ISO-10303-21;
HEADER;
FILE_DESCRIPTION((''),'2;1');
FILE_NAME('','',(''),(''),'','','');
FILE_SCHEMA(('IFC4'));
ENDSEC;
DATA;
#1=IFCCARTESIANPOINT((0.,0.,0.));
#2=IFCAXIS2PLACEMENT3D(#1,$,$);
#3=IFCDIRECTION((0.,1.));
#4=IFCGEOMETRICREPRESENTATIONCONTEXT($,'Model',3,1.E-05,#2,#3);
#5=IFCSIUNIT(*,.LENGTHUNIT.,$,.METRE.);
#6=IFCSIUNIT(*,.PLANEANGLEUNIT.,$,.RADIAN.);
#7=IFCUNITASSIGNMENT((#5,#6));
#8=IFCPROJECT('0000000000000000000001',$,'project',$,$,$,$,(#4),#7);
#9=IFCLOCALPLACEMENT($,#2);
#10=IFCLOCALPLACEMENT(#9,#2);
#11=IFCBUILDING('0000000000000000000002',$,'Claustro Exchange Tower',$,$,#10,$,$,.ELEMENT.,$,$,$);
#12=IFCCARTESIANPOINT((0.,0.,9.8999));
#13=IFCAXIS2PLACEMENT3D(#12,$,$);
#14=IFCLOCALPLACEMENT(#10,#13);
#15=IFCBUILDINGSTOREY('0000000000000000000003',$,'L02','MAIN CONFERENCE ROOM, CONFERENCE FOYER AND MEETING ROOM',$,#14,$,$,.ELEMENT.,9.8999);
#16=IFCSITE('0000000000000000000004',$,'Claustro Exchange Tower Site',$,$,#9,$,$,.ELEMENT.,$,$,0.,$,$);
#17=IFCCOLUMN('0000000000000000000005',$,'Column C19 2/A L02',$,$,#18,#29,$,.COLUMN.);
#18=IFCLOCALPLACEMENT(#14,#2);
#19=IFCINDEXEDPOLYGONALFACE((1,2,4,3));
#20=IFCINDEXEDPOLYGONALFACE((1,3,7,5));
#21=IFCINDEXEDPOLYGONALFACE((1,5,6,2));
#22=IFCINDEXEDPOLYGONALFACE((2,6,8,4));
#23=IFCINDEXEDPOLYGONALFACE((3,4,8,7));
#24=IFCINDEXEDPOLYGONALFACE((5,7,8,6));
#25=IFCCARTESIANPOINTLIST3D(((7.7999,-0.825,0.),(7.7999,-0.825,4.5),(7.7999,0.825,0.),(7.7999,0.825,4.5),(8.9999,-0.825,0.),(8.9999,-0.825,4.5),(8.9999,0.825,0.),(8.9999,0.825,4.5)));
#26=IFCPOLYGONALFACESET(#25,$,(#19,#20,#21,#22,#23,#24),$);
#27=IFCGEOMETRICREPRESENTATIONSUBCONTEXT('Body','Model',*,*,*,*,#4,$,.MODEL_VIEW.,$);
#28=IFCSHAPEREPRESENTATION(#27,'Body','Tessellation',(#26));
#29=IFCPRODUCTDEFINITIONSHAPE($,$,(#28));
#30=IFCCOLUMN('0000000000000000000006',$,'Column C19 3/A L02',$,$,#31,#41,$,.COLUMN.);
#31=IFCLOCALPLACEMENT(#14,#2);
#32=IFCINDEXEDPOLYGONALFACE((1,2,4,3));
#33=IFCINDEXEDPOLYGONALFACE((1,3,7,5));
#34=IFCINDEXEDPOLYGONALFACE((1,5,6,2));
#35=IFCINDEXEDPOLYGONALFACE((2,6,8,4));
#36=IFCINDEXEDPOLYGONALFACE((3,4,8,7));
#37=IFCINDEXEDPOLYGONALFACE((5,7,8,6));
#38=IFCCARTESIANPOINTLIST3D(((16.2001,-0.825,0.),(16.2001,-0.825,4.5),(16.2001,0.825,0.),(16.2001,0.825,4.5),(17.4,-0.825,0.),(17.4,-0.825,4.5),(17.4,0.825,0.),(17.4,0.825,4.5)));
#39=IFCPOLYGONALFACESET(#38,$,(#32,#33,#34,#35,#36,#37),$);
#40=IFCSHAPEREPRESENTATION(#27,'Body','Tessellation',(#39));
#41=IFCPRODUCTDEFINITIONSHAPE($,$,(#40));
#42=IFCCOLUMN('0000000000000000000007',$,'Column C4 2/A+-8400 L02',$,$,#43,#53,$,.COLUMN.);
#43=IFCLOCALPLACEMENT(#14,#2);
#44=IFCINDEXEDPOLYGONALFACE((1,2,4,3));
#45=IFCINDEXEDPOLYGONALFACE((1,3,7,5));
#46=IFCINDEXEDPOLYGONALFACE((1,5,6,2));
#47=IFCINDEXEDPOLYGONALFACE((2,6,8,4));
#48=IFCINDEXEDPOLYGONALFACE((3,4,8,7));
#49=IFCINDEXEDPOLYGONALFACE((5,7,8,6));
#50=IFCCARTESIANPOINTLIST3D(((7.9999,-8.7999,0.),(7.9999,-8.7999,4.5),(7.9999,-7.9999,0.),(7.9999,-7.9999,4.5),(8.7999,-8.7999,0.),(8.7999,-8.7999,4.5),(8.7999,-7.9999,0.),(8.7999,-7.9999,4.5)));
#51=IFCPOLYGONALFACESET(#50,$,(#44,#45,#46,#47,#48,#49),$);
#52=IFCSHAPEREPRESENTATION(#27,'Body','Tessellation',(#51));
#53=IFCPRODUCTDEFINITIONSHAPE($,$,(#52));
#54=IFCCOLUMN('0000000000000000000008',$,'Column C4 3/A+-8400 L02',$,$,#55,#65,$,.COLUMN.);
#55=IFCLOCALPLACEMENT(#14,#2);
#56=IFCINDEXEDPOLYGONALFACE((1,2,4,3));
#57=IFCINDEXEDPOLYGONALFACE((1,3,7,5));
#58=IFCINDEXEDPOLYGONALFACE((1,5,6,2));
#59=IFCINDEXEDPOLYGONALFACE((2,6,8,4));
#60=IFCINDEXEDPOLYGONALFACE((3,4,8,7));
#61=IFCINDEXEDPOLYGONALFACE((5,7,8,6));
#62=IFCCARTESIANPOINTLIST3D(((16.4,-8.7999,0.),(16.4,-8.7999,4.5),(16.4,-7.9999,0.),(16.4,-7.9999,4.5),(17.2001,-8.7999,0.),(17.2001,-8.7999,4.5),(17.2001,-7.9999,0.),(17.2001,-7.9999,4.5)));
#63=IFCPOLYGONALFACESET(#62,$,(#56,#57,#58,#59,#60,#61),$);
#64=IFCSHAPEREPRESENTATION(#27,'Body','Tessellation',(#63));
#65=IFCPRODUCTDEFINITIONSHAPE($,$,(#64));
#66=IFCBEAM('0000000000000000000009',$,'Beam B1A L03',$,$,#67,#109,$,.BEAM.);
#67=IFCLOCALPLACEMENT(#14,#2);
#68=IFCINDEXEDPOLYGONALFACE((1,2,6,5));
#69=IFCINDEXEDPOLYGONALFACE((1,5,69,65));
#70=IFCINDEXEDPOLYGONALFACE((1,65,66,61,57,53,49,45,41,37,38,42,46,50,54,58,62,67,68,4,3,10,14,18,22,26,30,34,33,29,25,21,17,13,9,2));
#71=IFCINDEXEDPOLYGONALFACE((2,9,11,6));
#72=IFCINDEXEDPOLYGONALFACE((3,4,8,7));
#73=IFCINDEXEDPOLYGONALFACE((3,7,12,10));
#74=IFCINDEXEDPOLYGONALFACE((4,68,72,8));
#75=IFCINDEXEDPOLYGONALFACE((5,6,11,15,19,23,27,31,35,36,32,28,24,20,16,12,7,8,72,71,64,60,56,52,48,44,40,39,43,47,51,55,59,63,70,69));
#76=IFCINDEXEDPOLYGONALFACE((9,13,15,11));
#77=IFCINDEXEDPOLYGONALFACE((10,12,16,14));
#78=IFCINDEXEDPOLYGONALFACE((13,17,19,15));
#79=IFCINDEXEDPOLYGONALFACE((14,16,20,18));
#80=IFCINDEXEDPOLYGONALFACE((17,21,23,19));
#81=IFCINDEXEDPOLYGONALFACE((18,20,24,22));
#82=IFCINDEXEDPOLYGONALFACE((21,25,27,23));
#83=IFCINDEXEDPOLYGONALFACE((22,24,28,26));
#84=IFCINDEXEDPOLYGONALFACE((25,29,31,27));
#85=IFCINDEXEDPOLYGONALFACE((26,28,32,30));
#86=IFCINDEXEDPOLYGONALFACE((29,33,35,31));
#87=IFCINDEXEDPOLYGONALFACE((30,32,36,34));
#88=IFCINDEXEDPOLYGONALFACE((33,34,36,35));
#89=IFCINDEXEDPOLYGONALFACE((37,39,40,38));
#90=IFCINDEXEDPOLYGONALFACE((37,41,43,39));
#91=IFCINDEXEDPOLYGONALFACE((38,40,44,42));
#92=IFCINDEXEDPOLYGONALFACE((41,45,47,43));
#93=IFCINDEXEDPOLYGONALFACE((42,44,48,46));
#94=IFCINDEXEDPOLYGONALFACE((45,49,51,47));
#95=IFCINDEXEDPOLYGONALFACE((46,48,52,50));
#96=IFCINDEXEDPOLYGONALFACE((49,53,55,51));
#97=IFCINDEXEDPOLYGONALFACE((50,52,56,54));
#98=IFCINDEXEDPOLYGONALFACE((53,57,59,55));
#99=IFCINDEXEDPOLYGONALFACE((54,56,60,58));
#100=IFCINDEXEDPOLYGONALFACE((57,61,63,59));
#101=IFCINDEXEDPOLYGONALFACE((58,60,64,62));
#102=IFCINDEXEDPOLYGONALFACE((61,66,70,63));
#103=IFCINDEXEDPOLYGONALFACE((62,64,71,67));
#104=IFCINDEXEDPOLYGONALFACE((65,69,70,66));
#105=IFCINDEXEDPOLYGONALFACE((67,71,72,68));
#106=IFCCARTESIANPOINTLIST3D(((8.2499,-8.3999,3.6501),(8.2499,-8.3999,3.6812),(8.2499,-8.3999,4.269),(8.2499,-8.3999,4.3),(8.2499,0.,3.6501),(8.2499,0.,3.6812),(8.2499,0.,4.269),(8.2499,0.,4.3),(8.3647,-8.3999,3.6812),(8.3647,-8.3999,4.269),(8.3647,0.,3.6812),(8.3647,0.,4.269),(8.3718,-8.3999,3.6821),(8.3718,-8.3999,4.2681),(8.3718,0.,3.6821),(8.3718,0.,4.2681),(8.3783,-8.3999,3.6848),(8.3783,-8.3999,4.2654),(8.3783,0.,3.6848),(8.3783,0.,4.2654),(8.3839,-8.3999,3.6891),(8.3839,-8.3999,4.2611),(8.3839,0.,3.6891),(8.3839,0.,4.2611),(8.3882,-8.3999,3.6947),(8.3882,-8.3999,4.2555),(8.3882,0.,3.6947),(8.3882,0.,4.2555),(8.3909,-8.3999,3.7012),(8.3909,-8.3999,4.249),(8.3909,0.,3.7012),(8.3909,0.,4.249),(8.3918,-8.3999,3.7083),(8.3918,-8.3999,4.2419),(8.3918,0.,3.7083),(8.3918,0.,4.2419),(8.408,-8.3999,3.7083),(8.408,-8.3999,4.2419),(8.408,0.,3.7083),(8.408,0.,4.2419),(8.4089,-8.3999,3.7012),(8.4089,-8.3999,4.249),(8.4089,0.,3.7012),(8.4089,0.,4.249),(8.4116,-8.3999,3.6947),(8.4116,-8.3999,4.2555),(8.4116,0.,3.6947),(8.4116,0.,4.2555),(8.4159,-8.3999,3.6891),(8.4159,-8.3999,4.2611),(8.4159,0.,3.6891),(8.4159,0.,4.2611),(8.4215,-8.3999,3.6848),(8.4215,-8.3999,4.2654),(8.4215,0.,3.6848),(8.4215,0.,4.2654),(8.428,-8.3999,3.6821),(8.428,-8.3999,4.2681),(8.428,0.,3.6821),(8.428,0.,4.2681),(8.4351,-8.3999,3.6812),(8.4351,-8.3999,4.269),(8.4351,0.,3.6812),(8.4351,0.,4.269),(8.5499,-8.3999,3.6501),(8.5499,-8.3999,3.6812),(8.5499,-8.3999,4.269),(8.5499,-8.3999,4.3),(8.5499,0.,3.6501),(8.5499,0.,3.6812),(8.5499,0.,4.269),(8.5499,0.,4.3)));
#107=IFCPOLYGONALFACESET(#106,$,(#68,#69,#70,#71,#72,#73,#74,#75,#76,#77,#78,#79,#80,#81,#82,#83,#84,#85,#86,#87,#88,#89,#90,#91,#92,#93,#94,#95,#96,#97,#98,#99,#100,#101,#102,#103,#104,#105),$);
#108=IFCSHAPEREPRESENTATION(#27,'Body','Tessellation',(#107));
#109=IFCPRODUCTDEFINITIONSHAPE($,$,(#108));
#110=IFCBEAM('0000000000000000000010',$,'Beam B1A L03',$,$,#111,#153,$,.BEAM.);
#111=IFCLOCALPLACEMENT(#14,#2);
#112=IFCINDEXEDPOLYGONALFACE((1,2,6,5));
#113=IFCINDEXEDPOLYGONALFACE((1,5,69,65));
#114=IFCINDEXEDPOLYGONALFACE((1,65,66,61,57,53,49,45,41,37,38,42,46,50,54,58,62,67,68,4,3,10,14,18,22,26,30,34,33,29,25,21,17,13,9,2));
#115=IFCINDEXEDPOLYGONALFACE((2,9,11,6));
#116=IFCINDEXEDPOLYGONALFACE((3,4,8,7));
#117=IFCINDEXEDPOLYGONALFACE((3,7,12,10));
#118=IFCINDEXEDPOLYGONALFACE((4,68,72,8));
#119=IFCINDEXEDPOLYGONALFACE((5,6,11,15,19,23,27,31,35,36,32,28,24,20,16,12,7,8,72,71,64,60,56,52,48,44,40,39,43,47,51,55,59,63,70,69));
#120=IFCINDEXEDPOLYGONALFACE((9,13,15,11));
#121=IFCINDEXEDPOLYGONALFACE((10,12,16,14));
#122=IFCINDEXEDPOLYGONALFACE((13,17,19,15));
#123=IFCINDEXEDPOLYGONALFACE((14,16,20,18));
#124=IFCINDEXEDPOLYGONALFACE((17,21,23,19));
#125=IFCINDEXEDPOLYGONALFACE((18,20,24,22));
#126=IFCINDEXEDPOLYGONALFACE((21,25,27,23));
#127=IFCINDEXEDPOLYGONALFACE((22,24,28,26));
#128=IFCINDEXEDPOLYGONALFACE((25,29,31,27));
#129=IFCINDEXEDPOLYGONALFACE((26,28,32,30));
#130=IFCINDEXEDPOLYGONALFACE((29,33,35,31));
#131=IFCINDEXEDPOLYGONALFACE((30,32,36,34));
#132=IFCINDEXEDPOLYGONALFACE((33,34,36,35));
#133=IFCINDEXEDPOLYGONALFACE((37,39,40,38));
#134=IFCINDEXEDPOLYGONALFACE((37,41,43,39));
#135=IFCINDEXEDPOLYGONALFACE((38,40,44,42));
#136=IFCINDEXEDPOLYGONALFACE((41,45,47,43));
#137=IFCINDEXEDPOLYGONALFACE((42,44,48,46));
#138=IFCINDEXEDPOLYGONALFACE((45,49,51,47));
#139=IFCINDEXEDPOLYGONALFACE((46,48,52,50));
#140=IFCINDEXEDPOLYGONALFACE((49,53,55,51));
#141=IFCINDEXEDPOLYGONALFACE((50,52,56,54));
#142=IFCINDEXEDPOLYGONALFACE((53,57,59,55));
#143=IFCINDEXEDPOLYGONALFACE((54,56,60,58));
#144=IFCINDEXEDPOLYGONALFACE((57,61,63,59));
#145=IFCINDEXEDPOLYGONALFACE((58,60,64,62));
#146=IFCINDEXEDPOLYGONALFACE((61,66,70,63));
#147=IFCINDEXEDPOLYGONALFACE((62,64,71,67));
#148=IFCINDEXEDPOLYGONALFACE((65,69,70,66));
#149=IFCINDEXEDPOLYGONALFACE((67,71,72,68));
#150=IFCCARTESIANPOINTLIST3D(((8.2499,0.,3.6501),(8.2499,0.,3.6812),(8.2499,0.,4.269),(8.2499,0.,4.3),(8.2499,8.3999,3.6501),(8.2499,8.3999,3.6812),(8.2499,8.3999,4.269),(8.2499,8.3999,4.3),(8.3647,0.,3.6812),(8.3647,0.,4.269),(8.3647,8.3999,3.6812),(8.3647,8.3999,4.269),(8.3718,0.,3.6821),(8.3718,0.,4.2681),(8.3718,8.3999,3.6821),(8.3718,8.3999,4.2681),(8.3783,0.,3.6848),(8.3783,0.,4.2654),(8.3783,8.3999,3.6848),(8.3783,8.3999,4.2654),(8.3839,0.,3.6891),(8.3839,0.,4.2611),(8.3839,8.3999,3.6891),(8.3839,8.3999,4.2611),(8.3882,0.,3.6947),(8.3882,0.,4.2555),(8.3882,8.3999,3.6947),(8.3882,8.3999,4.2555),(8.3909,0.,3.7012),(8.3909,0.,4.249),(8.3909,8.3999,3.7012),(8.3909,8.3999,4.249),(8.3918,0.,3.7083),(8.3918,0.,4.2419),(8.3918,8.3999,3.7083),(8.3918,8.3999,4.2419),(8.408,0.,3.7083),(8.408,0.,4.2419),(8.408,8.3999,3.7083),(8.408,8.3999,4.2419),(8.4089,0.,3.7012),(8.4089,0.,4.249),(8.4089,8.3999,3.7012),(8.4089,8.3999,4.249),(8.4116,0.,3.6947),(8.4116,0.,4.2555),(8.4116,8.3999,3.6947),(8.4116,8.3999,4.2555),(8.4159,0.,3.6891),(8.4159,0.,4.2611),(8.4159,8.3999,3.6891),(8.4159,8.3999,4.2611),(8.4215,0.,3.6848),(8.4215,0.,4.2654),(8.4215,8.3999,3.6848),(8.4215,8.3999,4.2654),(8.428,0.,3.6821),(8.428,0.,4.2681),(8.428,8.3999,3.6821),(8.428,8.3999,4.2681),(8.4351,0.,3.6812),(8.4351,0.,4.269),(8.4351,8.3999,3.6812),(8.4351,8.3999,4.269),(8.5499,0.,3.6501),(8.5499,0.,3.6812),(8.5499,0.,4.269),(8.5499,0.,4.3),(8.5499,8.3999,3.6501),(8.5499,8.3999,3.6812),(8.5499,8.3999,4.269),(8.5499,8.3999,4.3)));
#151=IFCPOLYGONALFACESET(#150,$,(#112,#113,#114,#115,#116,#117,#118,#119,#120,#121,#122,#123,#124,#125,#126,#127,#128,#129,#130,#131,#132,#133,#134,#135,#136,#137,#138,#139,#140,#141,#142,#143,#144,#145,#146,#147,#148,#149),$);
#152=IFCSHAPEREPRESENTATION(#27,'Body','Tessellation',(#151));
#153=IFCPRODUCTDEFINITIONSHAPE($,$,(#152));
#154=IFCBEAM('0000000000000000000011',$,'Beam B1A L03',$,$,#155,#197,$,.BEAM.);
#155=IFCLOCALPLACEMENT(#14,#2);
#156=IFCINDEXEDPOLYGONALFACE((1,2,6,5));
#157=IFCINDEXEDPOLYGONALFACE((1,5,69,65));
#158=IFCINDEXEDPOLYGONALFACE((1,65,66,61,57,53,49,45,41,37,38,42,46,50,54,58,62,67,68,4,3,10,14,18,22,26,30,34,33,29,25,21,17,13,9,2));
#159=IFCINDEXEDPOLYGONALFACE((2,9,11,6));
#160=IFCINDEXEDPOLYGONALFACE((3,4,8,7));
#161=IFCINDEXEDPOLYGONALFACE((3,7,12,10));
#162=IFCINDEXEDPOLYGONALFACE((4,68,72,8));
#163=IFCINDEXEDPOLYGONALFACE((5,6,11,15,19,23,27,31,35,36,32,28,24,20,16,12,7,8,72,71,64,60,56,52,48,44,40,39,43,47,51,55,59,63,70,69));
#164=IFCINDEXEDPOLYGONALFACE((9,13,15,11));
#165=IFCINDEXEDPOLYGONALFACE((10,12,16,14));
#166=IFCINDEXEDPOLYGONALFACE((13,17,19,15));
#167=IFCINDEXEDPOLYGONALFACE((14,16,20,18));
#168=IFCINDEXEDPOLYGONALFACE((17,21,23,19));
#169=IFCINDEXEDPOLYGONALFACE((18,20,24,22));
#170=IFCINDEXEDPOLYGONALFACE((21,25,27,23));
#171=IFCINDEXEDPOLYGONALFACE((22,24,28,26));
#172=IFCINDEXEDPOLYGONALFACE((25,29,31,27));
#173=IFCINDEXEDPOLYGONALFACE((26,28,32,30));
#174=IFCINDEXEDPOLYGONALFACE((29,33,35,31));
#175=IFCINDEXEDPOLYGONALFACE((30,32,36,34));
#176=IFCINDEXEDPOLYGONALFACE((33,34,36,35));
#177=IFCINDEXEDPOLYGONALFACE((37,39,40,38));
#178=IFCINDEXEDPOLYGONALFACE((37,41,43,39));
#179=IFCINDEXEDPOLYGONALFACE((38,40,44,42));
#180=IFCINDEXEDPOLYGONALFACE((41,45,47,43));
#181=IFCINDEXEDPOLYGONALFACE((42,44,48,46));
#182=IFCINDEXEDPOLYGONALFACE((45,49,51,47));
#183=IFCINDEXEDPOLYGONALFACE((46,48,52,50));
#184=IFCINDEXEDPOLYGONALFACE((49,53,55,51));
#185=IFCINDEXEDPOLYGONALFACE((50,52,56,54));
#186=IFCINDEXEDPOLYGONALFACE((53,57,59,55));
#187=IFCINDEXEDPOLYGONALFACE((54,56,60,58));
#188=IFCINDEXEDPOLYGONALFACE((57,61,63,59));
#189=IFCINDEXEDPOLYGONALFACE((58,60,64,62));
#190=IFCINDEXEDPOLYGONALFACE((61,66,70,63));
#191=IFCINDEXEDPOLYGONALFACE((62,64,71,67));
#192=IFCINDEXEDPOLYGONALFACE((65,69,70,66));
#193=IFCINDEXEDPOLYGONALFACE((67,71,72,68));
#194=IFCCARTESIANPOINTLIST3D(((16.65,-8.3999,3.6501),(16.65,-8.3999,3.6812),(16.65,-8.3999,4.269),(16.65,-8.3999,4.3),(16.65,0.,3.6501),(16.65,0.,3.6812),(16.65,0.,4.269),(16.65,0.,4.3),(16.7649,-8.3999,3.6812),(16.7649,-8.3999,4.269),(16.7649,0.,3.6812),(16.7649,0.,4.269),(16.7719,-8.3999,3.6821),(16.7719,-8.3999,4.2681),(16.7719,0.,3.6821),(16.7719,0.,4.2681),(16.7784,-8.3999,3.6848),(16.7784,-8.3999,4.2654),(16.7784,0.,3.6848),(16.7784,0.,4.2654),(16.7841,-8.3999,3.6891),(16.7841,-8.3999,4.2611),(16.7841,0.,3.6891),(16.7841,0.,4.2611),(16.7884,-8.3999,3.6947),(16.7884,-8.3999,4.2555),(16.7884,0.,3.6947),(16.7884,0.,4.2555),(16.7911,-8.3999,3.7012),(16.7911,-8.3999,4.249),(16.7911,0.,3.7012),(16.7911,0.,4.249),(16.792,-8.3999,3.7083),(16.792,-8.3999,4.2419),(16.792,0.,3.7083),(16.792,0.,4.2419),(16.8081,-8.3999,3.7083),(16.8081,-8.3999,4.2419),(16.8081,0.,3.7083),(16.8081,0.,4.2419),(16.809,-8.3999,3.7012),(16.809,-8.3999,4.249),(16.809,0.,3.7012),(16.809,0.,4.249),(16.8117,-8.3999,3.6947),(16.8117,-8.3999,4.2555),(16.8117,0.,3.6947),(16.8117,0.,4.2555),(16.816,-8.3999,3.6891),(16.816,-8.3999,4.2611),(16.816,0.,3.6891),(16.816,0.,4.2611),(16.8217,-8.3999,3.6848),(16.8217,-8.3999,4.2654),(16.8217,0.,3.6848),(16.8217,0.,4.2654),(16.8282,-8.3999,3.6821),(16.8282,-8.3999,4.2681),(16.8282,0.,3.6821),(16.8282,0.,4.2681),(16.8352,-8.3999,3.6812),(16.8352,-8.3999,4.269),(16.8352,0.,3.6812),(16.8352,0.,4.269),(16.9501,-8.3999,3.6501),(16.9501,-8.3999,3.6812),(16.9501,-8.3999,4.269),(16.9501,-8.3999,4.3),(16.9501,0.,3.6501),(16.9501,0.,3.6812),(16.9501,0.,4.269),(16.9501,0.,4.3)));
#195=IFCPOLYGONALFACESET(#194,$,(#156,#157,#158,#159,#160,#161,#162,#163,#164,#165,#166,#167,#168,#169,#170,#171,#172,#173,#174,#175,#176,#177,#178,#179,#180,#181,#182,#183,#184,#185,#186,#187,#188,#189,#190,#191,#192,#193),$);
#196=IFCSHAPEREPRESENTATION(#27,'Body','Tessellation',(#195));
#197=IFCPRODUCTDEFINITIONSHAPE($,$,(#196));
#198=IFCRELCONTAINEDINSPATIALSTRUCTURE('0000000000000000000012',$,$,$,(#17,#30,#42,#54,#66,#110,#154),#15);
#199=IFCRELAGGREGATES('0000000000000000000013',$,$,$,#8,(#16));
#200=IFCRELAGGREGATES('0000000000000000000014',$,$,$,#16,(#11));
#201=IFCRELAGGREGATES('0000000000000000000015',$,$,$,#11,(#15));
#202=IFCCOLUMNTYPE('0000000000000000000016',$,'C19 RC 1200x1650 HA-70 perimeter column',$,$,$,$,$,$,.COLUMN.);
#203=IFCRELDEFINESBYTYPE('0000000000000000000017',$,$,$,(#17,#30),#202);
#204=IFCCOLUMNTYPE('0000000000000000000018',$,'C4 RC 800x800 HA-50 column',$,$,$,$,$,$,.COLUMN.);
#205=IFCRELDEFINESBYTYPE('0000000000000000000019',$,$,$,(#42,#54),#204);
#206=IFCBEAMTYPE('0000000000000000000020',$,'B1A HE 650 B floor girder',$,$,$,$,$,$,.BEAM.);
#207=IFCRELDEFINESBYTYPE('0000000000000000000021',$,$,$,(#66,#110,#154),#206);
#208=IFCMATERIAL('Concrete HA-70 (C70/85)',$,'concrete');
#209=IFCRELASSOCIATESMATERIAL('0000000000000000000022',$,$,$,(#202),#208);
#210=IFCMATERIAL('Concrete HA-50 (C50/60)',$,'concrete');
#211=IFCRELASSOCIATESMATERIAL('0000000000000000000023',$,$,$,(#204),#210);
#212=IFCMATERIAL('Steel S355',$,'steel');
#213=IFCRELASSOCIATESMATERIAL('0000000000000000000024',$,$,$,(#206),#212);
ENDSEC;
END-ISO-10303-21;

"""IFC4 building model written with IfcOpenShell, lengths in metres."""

from ifc_helpers import new_model, si_unit, direction, frame, origin, origin_2d, place, context, subcontext, project, spatial, rectangle, i_section, extrude, material, material_profile, profile_set, type_object, element, save


model = new_model("IFC4")

# Units and contexts
model_context = context("Model", 3, precision=1e-05, world=origin(), true_north=direction((0.0, 1.0)))
body_context = subcontext(model_context, "Body", "Model", "MODEL_VIEW")
ifc_project = project(units=[si_unit("LENGTHUNIT", "METRE"), si_unit("PLANEANGLEUNIT", "RADIAN")], contexts=[model_context])

# Site, building, storey
site_placement = place(None, origin())
site = spatial("IfcSite", under=ifc_project, at=site_placement, Name="Claustro Exchange Tower Site", CompositionType="ELEMENT", RefElevation=0.0)
building_placement = place(site_placement, origin())
building = spatial("IfcBuilding", under=site, at=building_placement, Name="Claustro Exchange Tower", CompositionType="ELEMENT")
storey_placement = place(building_placement, frame((0.0, 0.0, 9.8999)))
storey = spatial("IfcBuildingStorey", under=building, at=storey_placement, Name="L02", Description="MAIN CONFERENCE ROOM, CONFERENCE FOYER AND MEETING ROOM", CompositionType="ELEMENT", Elevation=9.8999)

# Columns
ifc_material_1 = material(Name="Concrete HA-70 (C70/85)", Category="concrete")
ifc_material_profile_1 = material_profile(ifc_material_1, rectangle(XDim=1.2, YDim=1.6499, at=origin_2d()), Name="RC 1200x1650")
ifc_profile_set_1 = profile_set([ifc_material_profile_1], Name="Concrete HA-70 (C70/85)")
column_type_1 = type_object("IfcColumnType", Name="C19 RC 1200x1650 HA-70 perimeter column", PredefinedType="COLUMN", material=ifc_profile_set_1)
for number, where, z_axis, x_axis, name in (
    (1, (8.3999, 0.0, 0.0), (0.0, 0.0, 1.0), (1.0, 0.0, 0.0), "Column C19 2/A L02"),
    (2, (16.8, 0.0, 0.0), (0.0, 0.0, 1.0), (1.0, 0.0, 0.0), "Column C19 3/A L02"),
):
    element("IfcColumn", number, at=place(storey_placement, frame(where, z_axis=z_axis, x_axis=x_axis)), inside=storey, type_object=column_type_1, Name=name, PredefinedType="COLUMN", context=body_context, shape_type="SweptSolid", body=[
        extrude(rectangle(XDim=1.2, YDim=1.6499, at=origin_2d()), origin(), (0.0, 0.0, 1.0), 4.5),
    ])
ifc_material_2 = material(Name="Concrete HA-50 (C50/60)", Category="concrete")
ifc_material_profile_2 = material_profile(ifc_material_2, rectangle(XDim=0.8, YDim=0.8, at=origin_2d()), Name="RC 800x800")
ifc_profile_set_2 = profile_set([ifc_material_profile_2], Name="Concrete HA-50 (C50/60)")
column_type_2 = type_object("IfcColumnType", Name="C4 RC 800x800 HA-50 column", PredefinedType="COLUMN", material=ifc_profile_set_2)
for number, where, z_axis, x_axis, name in (
    (3, (8.3999, -8.3999, 0.0), (0.0, 0.0, 1.0), (1.0, 0.0, 0.0), "Column C4 2/A+-8400 L02"),
    (4, (16.8, -8.3999, 0.0), (0.0, 0.0, 1.0), (1.0, 0.0, 0.0), "Column C4 3/A+-8400 L02"),
):
    element("IfcColumn", number, at=place(storey_placement, frame(where, z_axis=z_axis, x_axis=x_axis)), inside=storey, type_object=column_type_2, Name=name, PredefinedType="COLUMN", context=body_context, shape_type="SweptSolid", body=[
        extrude(rectangle(XDim=0.8, YDim=0.8, at=origin_2d()), origin(), (0.0, 0.0, 1.0), 4.5),
    ])

# Beams
ifc_material_3 = material(Name="Steel S355", Category="steel")
ifc_material_profile_3 = material_profile(ifc_material_3, i_section(OverallWidth=0.3, OverallDepth=0.6499, WebThickness=0.0161, FlangeThickness=0.031, FilletRadius=0.0271, at=origin_2d()), Name="HE 650 B")
ifc_profile_set_3 = profile_set([ifc_material_profile_3], Name="Steel S355")
beam_type_1 = type_object("IfcBeamType", Name="B1A HE 650 B floor girder", PredefinedType="BEAM", material=ifc_profile_set_3)
for number, where, z_axis, x_axis, name in (
    (5, (8.3999, -8.3999, 3.9751), (0.0, 1.0, 0.0), (-1.0, 0.0, 0.0), "Beam B1A L03"),
    (6, (8.3999, 0.0, 3.9751), (0.0, 1.0, 0.0), (-1.0, 0.0, 0.0), "Beam B1A L03"),
    (7, (16.8, -8.3999, 3.9751), (0.0, 1.0, 0.0), (-1.0, 0.0, 0.0), "Beam B1A L03"),
):
    element("IfcBeam", number, at=place(storey_placement, frame(where, z_axis=z_axis, x_axis=x_axis)), inside=storey, type_object=beam_type_1, Name=name, PredefinedType="BEAM", context=body_context, shape_type="SweptSolid", body=[
        extrude(i_section(OverallWidth=0.3, OverallDepth=0.6499, WebThickness=0.0161, FlangeThickness=0.031, FilletRadius=0.0271, at=origin_2d()), origin(), (0.0, 0.0, 1.0), 8.3999),
    ])

save(model, "model.ifc")
